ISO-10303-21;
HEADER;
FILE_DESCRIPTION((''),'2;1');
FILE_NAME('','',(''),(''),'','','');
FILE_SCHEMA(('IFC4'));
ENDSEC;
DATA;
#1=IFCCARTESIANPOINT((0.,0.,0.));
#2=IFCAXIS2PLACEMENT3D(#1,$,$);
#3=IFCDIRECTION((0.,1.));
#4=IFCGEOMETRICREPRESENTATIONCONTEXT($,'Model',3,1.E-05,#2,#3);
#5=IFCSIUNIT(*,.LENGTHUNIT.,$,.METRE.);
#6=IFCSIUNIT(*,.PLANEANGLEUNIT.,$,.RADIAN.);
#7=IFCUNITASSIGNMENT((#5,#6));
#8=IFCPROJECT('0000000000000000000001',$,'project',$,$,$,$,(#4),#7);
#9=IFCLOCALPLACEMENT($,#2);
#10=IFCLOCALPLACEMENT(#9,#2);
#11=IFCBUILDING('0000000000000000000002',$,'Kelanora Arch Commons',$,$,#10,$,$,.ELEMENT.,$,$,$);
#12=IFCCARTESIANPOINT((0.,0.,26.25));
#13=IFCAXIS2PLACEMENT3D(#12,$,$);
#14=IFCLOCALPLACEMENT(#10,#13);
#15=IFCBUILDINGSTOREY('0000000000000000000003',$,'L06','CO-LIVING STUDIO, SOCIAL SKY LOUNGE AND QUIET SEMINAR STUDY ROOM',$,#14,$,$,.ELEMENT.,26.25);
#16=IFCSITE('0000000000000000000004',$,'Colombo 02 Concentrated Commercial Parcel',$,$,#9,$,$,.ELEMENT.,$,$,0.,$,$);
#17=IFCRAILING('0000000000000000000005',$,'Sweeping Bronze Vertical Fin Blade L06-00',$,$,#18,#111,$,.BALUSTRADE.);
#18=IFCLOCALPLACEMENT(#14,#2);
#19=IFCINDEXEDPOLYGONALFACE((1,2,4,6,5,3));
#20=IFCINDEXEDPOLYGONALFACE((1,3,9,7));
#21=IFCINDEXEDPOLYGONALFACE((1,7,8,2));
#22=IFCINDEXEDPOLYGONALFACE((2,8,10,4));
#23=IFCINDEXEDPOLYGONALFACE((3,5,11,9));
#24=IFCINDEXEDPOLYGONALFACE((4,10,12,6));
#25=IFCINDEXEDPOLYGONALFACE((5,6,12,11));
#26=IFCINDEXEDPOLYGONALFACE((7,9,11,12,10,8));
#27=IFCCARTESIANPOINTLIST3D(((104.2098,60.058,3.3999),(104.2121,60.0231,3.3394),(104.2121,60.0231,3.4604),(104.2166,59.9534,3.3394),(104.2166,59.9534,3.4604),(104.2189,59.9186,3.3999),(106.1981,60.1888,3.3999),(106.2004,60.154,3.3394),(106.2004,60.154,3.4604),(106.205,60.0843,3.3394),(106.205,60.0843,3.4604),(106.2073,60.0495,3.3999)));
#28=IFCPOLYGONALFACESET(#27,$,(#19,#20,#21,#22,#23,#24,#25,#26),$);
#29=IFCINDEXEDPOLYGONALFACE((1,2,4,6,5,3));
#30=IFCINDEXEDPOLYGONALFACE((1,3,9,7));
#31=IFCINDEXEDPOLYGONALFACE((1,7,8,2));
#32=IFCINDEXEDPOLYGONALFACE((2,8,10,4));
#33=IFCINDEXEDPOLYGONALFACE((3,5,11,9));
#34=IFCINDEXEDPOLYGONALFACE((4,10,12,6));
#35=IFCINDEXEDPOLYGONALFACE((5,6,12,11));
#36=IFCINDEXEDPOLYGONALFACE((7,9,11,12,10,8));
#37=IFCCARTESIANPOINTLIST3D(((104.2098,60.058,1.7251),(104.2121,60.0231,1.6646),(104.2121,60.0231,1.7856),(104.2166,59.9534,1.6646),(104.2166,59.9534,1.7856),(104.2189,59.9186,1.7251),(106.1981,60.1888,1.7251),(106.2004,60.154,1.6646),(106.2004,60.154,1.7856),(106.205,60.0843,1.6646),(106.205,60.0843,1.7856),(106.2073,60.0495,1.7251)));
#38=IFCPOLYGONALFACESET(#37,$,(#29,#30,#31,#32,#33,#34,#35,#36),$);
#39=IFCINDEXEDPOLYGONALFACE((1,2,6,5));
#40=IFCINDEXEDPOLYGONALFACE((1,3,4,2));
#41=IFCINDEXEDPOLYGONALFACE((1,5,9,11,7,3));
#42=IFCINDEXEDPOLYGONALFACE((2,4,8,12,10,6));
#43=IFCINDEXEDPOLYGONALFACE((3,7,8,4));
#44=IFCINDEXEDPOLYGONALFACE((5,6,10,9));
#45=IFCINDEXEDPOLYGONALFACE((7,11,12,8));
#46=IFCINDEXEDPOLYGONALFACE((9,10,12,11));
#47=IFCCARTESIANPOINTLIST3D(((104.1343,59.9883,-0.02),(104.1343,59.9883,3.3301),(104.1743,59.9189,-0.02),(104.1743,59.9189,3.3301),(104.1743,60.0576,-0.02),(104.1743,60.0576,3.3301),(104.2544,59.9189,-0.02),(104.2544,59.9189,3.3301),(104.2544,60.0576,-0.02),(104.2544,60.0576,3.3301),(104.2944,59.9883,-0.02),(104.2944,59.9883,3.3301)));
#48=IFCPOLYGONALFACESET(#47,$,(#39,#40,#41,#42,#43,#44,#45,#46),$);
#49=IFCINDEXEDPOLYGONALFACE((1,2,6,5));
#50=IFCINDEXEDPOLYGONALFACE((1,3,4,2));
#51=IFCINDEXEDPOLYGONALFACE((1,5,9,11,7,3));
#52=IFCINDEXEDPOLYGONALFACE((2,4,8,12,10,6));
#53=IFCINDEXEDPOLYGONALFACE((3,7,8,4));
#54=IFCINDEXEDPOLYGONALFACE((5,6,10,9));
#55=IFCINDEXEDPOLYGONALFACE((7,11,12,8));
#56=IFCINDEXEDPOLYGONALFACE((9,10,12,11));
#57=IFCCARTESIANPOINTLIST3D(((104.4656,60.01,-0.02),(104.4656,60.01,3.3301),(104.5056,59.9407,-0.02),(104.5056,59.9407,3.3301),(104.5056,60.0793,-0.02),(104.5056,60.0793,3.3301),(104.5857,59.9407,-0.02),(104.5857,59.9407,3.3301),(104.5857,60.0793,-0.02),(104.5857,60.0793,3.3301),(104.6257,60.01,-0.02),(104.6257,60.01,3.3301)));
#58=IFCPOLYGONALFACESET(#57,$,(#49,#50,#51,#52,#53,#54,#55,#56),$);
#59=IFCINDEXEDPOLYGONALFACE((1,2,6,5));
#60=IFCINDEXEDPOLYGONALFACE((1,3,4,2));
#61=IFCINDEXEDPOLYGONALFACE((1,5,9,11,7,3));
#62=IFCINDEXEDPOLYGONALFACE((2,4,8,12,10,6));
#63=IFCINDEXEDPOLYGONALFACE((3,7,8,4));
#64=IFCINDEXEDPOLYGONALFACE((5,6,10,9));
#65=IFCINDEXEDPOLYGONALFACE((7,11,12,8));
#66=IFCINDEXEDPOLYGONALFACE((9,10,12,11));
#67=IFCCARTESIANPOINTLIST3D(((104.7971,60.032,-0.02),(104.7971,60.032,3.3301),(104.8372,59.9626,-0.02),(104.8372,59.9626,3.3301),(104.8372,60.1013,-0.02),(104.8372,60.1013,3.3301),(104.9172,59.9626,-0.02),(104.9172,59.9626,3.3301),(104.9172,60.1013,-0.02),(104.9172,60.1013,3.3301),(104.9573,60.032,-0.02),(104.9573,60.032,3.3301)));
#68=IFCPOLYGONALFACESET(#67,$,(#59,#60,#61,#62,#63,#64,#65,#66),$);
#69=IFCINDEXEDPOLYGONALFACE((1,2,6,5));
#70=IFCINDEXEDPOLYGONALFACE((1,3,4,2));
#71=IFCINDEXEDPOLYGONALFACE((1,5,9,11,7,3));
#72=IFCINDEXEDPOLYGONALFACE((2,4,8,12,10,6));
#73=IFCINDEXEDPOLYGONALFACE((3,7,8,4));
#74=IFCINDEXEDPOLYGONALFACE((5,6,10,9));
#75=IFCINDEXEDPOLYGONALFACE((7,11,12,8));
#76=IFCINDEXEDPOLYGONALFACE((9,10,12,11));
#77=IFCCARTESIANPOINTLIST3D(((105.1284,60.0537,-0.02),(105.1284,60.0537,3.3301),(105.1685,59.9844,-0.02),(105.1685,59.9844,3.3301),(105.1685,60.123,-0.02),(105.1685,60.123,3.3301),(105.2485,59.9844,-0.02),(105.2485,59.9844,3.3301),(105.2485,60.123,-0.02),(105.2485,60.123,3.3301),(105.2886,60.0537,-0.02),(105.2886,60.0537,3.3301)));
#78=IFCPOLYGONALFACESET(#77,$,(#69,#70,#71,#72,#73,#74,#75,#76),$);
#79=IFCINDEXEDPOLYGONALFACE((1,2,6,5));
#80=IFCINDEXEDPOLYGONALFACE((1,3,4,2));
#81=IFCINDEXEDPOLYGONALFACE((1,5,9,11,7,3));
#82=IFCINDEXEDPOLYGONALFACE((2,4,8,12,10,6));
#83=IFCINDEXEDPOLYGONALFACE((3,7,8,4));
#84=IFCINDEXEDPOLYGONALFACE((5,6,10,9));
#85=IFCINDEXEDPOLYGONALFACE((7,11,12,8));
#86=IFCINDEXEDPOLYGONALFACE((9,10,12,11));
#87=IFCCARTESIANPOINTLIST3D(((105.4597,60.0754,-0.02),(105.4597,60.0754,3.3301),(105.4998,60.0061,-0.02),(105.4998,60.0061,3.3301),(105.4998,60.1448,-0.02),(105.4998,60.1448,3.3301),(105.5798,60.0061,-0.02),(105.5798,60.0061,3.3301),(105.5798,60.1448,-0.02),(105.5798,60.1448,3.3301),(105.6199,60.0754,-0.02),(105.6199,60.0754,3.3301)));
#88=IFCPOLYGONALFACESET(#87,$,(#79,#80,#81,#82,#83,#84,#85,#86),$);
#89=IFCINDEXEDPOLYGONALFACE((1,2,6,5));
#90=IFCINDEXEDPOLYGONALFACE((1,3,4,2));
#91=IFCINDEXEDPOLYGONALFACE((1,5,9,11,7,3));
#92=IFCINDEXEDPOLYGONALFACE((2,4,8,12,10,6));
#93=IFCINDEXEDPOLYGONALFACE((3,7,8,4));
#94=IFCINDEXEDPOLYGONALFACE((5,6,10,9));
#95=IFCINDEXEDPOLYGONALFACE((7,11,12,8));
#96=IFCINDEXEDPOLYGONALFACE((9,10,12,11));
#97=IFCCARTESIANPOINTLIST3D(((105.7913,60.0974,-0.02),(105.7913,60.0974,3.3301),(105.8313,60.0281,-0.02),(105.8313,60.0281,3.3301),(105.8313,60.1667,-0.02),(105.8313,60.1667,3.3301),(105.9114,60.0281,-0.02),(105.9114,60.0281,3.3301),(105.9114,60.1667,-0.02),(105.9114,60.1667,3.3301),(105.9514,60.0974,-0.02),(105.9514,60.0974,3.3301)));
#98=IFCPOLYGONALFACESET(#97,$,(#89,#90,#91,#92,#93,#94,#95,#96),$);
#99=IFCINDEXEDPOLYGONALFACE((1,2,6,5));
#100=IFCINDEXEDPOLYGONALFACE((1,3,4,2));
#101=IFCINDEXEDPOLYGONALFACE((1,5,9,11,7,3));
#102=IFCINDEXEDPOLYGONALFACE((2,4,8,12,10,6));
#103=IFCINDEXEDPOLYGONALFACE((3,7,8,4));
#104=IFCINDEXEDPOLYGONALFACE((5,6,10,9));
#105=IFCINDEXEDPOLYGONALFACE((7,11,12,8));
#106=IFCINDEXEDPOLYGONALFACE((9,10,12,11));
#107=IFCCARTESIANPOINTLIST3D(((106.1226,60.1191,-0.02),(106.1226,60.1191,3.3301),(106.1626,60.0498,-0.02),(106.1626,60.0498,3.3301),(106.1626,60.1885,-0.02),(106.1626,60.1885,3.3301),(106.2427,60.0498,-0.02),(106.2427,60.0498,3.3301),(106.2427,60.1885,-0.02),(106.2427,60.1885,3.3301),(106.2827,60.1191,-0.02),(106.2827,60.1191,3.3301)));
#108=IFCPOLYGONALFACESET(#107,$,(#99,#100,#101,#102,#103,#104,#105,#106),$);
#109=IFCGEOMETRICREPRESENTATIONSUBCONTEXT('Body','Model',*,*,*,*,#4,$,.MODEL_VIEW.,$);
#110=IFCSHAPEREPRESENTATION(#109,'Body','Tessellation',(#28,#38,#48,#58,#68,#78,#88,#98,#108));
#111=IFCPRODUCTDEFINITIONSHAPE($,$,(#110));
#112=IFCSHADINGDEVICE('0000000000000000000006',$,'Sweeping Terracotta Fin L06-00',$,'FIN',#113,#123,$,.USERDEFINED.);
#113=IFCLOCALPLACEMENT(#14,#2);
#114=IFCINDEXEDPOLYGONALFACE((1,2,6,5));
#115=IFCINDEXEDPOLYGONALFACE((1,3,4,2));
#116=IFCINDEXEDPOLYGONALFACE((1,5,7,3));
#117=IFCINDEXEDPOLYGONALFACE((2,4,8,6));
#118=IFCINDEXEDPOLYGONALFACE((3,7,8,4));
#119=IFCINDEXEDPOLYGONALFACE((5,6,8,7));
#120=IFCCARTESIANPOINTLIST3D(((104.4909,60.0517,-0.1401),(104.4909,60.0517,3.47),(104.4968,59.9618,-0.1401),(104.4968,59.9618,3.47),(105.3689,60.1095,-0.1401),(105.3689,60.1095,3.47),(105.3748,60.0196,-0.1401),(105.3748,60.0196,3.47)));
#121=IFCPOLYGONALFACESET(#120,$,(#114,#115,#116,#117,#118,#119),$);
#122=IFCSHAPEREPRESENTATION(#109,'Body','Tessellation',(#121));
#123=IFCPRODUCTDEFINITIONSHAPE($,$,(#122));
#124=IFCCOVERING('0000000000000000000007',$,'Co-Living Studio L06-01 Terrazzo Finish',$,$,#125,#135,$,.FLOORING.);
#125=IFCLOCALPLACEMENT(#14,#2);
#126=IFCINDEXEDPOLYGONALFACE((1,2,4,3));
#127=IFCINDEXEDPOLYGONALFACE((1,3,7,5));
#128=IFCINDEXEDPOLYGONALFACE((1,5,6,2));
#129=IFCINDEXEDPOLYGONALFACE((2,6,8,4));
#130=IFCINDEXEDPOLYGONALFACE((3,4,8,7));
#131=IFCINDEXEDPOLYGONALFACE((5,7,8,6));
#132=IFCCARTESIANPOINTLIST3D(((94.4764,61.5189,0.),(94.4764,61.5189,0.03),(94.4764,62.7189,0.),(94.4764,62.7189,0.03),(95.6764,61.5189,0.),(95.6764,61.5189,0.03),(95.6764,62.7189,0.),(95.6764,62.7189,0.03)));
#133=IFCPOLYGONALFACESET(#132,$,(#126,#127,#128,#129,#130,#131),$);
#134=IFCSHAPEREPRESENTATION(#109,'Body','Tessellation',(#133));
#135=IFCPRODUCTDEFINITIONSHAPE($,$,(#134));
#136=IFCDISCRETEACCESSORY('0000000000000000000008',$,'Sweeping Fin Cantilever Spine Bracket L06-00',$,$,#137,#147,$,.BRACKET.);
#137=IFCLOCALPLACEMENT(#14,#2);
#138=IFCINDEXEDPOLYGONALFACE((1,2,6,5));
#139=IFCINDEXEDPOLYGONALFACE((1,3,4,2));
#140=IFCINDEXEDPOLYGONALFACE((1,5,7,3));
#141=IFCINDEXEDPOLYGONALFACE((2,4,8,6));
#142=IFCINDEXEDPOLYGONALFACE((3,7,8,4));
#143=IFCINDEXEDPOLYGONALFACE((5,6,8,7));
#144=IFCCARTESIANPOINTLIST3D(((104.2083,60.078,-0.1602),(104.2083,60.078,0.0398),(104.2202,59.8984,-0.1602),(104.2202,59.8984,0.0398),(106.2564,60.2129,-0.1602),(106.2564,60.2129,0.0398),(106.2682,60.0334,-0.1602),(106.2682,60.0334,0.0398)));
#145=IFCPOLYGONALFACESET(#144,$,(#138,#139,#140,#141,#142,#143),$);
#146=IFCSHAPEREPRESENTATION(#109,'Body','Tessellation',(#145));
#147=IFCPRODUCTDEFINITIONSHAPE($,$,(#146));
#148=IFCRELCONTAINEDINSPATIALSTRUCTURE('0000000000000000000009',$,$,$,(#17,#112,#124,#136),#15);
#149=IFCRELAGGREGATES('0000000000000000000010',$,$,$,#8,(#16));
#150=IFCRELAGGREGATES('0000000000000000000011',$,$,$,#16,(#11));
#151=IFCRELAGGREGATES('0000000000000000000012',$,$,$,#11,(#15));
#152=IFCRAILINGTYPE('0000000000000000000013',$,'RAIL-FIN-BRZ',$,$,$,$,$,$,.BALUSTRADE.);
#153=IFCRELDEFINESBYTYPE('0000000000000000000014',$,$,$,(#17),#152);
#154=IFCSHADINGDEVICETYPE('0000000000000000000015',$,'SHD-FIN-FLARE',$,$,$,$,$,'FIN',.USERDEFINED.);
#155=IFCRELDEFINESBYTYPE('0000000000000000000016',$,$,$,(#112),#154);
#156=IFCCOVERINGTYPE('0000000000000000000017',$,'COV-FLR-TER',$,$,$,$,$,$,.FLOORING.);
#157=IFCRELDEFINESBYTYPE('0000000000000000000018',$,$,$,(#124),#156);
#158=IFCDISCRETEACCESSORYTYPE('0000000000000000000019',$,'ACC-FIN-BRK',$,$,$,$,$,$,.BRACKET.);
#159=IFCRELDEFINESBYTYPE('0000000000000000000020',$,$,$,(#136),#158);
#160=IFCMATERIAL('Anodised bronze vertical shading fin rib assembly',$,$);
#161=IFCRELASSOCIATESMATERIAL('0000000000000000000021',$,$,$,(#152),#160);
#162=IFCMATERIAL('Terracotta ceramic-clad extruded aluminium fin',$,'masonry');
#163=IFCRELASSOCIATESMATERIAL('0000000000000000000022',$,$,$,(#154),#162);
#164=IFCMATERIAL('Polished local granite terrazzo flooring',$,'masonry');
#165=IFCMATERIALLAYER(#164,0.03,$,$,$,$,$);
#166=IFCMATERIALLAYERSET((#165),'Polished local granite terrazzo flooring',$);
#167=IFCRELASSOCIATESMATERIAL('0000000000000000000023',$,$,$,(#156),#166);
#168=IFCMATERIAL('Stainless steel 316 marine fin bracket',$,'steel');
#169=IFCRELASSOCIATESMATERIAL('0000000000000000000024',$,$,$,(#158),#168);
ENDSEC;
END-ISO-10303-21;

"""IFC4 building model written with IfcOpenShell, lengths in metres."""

from ifc_helpers import new_model, si_unit, direction, frame, origin, origin_2d, place, context, subcontext, project, spatial, polyline, rectangle, outline, extrude, source, transform, mapped, material, layer, layer_set, type_object, element, save


model = new_model("IFC4")

# Units and contexts
model_context = context("Model", 3, precision=1e-05, world=origin(), true_north=direction((0.0, 1.0)))
body_context = subcontext(model_context, "Body", "Model", "MODEL_VIEW")
ifc_project = project(units=[si_unit("LENGTHUNIT", "METRE"), si_unit("PLANEANGLEUNIT", "RADIAN")], contexts=[model_context])

# Site, building, storey
site_placement = place(None, origin())
site = spatial("IfcSite", under=ifc_project, at=site_placement, Name="Colombo 02 Concentrated Commercial Parcel", CompositionType="ELEMENT", RefElevation=0.0)
building_placement = place(site_placement, origin())
building = spatial("IfcBuilding", under=site, at=building_placement, Name="Kelanora Arch Commons", CompositionType="ELEMENT")
storey_placement = place(building_placement, frame((0.0, 0.0, 26.25)))
storey = spatial("IfcBuildingStorey", under=building, at=storey_placement, Name="L06", Description="CO-LIVING STUDIO, SOCIAL SKY LOUNGE AND QUIET SEMINAR STUDY ROOM", CompositionType="ELEMENT", Elevation=26.25)

# Railing
ifc_material_1 = material(Name="Anodised bronze vertical shading fin rib assembly")
railing_type_1 = type_object("IfcRailingType", Name="RAIL-FIN-BRZ", PredefinedType="BALUSTRADE", material=ifc_material_1)
railing_1_placement = place(storey_placement, frame((104.2144, 59.9883, -0.02)))
element("IfcRailing", 1, at=railing_1_placement, inside=storey, type_object=railing_type_1, Name="Sweeping Bronze Vertical Fin Blade L06-00", PredefinedType="BALUSTRADE", context=body_context, shape_type="SweptSolid", body=[
    extrude(outline(polyline([(0.0698, 0.0), (0.0349, 0.0605), (-0.0349, 0.0605), (-0.0698, 0.0), (-0.0349, -0.0605), (0.0349, -0.0605), (0.0698, 0.0)])), frame((0.0, 0.0, 3.4199), z_axis=(0.997841, 0.065673, 0.0), x_axis=(-0.065673, 0.997841, 0.0)), (0.0, 0.0, 1.0), 1.9927),
    extrude(outline(polyline([(0.0698, 0.0), (0.0349, 0.0605), (-0.0349, 0.0605), (-0.0698, 0.0), (-0.0349, -0.0605), (0.0349, -0.0605), (0.0698, 0.0)])), frame((0.0, 0.0, 1.7451), z_axis=(0.997841, 0.065673, 0.0), x_axis=(-0.065673, 0.997841, 0.0)), (0.0, 0.0, 1.0), 1.9927),
    extrude(outline(polyline([(0.0801, 0.0), (0.04, 0.0693), (-0.04, 0.0693), (-0.0801, 0.0), (-0.04, -0.0693), (0.04, -0.0693), (0.0801, 0.0)])), origin(), (0.0, 0.0, 1.0), 3.3501),
    extrude(outline(polyline([(0.0801, 0.0), (0.04, 0.0693), (-0.04, 0.0693), (-0.0801, 0.0), (-0.04, -0.0693), (0.04, -0.0693), (0.0801, 0.0)])), frame((0.3313, 0.0217, 0.0)), (0.0, 0.0, 1.0), 3.3501),
    extrude(outline(polyline([(0.0801, 0.0), (0.04, 0.0693), (-0.04, 0.0693), (-0.0801, 0.0), (-0.04, -0.0693), (0.04, -0.0693), (0.0801, 0.0)])), frame((0.6628, 0.0437, 0.0)), (0.0, 0.0, 1.0), 3.3501),
    extrude(outline(polyline([(0.0801, 0.0), (0.04, 0.0693), (-0.04, 0.0693), (-0.0801, 0.0), (-0.04, -0.0693), (0.04, -0.0693), (0.0801, 0.0)])), frame((0.9941, 0.0654, 0.0)), (0.0, 0.0, 1.0), 3.3501),
    extrude(outline(polyline([(0.0801, 0.0), (0.04, 0.0693), (-0.04, 0.0693), (-0.0801, 0.0), (-0.04, -0.0693), (0.04, -0.0693), (0.0801, 0.0)])), frame((1.3254, 0.0872, 0.0)), (0.0, 0.0, 1.0), 3.3501),
    extrude(outline(polyline([(0.0801, 0.0), (0.04, 0.0693), (-0.04, 0.0693), (-0.0801, 0.0), (-0.04, -0.0693), (0.04, -0.0693), (0.0801, 0.0)])), frame((1.657, 0.1091, 0.0)), (0.0, 0.0, 1.0), 3.3501),
    extrude(outline(polyline([(0.0801, 0.0), (0.04, 0.0693), (-0.04, 0.0693), (-0.0801, 0.0), (-0.04, -0.0693), (0.04, -0.0693), (0.0801, 0.0)])), frame((1.9883, 0.1309, 0.0)), (0.0, 0.0, 1.0), 3.3501),
])

# Shading device
ifc_material_2 = material(Name="Terracotta ceramic-clad extruded aluminium fin", Category="masonry")
shading_device_type = type_object("IfcShadingDeviceType", Name="SHD-FIN-FLARE", ElementType="FIN", PredefinedType="USERDEFINED", material=ifc_material_2)
shared_shape_1 = source(origin(), body_context, "Body", "SweptSolid", [
    extrude(rectangle(XDim=0.8799, YDim=0.0901, at=origin_2d()), origin(), (0.0, 0.0, 1.0), 3.6101),
])
shading_device_placement = place(storey_placement, frame((104.9329, 60.0356, -0.1401), z_axis=(0.0, 0.0, 1.0), x_axis=(0.997836, 0.065751, 0.0)))
element("IfcShadingDevice", 2, at=shading_device_placement, inside=storey, type_object=shading_device_type, Name="Sweeping Terracotta Fin L06-00", ObjectType="FIN", PredefinedType="USERDEFINED", context=body_context, shape_type="MappedRepresentation", body=[
    mapped(shared_shape_1, transform((0.0, 0.0, 0.0), scale=1.0)),
])

# Covering
ifc_material_3 = material(Name="Polished local granite terrazzo flooring", Category="masonry")
ifc_layer_1 = layer(ifc_material_3, 0.03)
ifc_layer_set_1 = layer_set([ifc_layer_1], Name="Polished local granite terrazzo flooring")
covering_type = type_object("IfcCoveringType", Name="COV-FLR-TER", PredefinedType="FLOORING", material=ifc_layer_set_1)
shared_shape_2 = source(origin(), body_context, "Body", "SweptSolid", [
    extrude(rectangle(XDim=1.2, YDim=1.2, at=origin_2d()), origin(), (0.0, 0.0, 1.0), 0.03),
])
covering_placement = place(storey_placement, frame((95.0764, 62.1189, 0.0), z_axis=(0.0, 0.0, 1.0), x_axis=(1.0, 0.0, 0.0)))
element("IfcCovering", 3, at=covering_placement, inside=storey, type_object=covering_type, Name="Co-Living Studio L06-01 Terrazzo Finish", PredefinedType="FLOORING", context=body_context, shape_type="MappedRepresentation", body=[
    mapped(shared_shape_2, transform((0.0, 0.0, 0.0), scale=1.0)),
])

# Discrete accessory
ifc_material_4 = material(Name="Stainless steel 316 marine fin bracket", Category="steel")
discrete_accessory_type = type_object("IfcDiscreteAccessoryType", Name="ACC-FIN-BRK", PredefinedType="BRACKET", material=ifc_material_4)
shared_shape_3 = source(origin(), body_context, "Body", "SweptSolid", [
    extrude(rectangle(XDim=2.0525, YDim=0.1799, at=origin_2d()), origin(), (0.0, 0.0, 1.0), 0.2),
])
discrete_accessory_placement = place(storey_placement, frame((105.2383, 60.0557, -0.1602), z_axis=(0.0, 0.0, 1.0), x_axis=(0.997836, 0.065751, 0.0)))
element("IfcDiscreteAccessory", 4, at=discrete_accessory_placement, inside=storey, type_object=discrete_accessory_type, Name="Sweeping Fin Cantilever Spine Bracket L06-00", PredefinedType="BRACKET", context=body_context, shape_type="MappedRepresentation", body=[
    mapped(shared_shape_3, transform((0.0, 0.0, 0.0), scale=1.0)),
])

save(model, "model.ifc")
